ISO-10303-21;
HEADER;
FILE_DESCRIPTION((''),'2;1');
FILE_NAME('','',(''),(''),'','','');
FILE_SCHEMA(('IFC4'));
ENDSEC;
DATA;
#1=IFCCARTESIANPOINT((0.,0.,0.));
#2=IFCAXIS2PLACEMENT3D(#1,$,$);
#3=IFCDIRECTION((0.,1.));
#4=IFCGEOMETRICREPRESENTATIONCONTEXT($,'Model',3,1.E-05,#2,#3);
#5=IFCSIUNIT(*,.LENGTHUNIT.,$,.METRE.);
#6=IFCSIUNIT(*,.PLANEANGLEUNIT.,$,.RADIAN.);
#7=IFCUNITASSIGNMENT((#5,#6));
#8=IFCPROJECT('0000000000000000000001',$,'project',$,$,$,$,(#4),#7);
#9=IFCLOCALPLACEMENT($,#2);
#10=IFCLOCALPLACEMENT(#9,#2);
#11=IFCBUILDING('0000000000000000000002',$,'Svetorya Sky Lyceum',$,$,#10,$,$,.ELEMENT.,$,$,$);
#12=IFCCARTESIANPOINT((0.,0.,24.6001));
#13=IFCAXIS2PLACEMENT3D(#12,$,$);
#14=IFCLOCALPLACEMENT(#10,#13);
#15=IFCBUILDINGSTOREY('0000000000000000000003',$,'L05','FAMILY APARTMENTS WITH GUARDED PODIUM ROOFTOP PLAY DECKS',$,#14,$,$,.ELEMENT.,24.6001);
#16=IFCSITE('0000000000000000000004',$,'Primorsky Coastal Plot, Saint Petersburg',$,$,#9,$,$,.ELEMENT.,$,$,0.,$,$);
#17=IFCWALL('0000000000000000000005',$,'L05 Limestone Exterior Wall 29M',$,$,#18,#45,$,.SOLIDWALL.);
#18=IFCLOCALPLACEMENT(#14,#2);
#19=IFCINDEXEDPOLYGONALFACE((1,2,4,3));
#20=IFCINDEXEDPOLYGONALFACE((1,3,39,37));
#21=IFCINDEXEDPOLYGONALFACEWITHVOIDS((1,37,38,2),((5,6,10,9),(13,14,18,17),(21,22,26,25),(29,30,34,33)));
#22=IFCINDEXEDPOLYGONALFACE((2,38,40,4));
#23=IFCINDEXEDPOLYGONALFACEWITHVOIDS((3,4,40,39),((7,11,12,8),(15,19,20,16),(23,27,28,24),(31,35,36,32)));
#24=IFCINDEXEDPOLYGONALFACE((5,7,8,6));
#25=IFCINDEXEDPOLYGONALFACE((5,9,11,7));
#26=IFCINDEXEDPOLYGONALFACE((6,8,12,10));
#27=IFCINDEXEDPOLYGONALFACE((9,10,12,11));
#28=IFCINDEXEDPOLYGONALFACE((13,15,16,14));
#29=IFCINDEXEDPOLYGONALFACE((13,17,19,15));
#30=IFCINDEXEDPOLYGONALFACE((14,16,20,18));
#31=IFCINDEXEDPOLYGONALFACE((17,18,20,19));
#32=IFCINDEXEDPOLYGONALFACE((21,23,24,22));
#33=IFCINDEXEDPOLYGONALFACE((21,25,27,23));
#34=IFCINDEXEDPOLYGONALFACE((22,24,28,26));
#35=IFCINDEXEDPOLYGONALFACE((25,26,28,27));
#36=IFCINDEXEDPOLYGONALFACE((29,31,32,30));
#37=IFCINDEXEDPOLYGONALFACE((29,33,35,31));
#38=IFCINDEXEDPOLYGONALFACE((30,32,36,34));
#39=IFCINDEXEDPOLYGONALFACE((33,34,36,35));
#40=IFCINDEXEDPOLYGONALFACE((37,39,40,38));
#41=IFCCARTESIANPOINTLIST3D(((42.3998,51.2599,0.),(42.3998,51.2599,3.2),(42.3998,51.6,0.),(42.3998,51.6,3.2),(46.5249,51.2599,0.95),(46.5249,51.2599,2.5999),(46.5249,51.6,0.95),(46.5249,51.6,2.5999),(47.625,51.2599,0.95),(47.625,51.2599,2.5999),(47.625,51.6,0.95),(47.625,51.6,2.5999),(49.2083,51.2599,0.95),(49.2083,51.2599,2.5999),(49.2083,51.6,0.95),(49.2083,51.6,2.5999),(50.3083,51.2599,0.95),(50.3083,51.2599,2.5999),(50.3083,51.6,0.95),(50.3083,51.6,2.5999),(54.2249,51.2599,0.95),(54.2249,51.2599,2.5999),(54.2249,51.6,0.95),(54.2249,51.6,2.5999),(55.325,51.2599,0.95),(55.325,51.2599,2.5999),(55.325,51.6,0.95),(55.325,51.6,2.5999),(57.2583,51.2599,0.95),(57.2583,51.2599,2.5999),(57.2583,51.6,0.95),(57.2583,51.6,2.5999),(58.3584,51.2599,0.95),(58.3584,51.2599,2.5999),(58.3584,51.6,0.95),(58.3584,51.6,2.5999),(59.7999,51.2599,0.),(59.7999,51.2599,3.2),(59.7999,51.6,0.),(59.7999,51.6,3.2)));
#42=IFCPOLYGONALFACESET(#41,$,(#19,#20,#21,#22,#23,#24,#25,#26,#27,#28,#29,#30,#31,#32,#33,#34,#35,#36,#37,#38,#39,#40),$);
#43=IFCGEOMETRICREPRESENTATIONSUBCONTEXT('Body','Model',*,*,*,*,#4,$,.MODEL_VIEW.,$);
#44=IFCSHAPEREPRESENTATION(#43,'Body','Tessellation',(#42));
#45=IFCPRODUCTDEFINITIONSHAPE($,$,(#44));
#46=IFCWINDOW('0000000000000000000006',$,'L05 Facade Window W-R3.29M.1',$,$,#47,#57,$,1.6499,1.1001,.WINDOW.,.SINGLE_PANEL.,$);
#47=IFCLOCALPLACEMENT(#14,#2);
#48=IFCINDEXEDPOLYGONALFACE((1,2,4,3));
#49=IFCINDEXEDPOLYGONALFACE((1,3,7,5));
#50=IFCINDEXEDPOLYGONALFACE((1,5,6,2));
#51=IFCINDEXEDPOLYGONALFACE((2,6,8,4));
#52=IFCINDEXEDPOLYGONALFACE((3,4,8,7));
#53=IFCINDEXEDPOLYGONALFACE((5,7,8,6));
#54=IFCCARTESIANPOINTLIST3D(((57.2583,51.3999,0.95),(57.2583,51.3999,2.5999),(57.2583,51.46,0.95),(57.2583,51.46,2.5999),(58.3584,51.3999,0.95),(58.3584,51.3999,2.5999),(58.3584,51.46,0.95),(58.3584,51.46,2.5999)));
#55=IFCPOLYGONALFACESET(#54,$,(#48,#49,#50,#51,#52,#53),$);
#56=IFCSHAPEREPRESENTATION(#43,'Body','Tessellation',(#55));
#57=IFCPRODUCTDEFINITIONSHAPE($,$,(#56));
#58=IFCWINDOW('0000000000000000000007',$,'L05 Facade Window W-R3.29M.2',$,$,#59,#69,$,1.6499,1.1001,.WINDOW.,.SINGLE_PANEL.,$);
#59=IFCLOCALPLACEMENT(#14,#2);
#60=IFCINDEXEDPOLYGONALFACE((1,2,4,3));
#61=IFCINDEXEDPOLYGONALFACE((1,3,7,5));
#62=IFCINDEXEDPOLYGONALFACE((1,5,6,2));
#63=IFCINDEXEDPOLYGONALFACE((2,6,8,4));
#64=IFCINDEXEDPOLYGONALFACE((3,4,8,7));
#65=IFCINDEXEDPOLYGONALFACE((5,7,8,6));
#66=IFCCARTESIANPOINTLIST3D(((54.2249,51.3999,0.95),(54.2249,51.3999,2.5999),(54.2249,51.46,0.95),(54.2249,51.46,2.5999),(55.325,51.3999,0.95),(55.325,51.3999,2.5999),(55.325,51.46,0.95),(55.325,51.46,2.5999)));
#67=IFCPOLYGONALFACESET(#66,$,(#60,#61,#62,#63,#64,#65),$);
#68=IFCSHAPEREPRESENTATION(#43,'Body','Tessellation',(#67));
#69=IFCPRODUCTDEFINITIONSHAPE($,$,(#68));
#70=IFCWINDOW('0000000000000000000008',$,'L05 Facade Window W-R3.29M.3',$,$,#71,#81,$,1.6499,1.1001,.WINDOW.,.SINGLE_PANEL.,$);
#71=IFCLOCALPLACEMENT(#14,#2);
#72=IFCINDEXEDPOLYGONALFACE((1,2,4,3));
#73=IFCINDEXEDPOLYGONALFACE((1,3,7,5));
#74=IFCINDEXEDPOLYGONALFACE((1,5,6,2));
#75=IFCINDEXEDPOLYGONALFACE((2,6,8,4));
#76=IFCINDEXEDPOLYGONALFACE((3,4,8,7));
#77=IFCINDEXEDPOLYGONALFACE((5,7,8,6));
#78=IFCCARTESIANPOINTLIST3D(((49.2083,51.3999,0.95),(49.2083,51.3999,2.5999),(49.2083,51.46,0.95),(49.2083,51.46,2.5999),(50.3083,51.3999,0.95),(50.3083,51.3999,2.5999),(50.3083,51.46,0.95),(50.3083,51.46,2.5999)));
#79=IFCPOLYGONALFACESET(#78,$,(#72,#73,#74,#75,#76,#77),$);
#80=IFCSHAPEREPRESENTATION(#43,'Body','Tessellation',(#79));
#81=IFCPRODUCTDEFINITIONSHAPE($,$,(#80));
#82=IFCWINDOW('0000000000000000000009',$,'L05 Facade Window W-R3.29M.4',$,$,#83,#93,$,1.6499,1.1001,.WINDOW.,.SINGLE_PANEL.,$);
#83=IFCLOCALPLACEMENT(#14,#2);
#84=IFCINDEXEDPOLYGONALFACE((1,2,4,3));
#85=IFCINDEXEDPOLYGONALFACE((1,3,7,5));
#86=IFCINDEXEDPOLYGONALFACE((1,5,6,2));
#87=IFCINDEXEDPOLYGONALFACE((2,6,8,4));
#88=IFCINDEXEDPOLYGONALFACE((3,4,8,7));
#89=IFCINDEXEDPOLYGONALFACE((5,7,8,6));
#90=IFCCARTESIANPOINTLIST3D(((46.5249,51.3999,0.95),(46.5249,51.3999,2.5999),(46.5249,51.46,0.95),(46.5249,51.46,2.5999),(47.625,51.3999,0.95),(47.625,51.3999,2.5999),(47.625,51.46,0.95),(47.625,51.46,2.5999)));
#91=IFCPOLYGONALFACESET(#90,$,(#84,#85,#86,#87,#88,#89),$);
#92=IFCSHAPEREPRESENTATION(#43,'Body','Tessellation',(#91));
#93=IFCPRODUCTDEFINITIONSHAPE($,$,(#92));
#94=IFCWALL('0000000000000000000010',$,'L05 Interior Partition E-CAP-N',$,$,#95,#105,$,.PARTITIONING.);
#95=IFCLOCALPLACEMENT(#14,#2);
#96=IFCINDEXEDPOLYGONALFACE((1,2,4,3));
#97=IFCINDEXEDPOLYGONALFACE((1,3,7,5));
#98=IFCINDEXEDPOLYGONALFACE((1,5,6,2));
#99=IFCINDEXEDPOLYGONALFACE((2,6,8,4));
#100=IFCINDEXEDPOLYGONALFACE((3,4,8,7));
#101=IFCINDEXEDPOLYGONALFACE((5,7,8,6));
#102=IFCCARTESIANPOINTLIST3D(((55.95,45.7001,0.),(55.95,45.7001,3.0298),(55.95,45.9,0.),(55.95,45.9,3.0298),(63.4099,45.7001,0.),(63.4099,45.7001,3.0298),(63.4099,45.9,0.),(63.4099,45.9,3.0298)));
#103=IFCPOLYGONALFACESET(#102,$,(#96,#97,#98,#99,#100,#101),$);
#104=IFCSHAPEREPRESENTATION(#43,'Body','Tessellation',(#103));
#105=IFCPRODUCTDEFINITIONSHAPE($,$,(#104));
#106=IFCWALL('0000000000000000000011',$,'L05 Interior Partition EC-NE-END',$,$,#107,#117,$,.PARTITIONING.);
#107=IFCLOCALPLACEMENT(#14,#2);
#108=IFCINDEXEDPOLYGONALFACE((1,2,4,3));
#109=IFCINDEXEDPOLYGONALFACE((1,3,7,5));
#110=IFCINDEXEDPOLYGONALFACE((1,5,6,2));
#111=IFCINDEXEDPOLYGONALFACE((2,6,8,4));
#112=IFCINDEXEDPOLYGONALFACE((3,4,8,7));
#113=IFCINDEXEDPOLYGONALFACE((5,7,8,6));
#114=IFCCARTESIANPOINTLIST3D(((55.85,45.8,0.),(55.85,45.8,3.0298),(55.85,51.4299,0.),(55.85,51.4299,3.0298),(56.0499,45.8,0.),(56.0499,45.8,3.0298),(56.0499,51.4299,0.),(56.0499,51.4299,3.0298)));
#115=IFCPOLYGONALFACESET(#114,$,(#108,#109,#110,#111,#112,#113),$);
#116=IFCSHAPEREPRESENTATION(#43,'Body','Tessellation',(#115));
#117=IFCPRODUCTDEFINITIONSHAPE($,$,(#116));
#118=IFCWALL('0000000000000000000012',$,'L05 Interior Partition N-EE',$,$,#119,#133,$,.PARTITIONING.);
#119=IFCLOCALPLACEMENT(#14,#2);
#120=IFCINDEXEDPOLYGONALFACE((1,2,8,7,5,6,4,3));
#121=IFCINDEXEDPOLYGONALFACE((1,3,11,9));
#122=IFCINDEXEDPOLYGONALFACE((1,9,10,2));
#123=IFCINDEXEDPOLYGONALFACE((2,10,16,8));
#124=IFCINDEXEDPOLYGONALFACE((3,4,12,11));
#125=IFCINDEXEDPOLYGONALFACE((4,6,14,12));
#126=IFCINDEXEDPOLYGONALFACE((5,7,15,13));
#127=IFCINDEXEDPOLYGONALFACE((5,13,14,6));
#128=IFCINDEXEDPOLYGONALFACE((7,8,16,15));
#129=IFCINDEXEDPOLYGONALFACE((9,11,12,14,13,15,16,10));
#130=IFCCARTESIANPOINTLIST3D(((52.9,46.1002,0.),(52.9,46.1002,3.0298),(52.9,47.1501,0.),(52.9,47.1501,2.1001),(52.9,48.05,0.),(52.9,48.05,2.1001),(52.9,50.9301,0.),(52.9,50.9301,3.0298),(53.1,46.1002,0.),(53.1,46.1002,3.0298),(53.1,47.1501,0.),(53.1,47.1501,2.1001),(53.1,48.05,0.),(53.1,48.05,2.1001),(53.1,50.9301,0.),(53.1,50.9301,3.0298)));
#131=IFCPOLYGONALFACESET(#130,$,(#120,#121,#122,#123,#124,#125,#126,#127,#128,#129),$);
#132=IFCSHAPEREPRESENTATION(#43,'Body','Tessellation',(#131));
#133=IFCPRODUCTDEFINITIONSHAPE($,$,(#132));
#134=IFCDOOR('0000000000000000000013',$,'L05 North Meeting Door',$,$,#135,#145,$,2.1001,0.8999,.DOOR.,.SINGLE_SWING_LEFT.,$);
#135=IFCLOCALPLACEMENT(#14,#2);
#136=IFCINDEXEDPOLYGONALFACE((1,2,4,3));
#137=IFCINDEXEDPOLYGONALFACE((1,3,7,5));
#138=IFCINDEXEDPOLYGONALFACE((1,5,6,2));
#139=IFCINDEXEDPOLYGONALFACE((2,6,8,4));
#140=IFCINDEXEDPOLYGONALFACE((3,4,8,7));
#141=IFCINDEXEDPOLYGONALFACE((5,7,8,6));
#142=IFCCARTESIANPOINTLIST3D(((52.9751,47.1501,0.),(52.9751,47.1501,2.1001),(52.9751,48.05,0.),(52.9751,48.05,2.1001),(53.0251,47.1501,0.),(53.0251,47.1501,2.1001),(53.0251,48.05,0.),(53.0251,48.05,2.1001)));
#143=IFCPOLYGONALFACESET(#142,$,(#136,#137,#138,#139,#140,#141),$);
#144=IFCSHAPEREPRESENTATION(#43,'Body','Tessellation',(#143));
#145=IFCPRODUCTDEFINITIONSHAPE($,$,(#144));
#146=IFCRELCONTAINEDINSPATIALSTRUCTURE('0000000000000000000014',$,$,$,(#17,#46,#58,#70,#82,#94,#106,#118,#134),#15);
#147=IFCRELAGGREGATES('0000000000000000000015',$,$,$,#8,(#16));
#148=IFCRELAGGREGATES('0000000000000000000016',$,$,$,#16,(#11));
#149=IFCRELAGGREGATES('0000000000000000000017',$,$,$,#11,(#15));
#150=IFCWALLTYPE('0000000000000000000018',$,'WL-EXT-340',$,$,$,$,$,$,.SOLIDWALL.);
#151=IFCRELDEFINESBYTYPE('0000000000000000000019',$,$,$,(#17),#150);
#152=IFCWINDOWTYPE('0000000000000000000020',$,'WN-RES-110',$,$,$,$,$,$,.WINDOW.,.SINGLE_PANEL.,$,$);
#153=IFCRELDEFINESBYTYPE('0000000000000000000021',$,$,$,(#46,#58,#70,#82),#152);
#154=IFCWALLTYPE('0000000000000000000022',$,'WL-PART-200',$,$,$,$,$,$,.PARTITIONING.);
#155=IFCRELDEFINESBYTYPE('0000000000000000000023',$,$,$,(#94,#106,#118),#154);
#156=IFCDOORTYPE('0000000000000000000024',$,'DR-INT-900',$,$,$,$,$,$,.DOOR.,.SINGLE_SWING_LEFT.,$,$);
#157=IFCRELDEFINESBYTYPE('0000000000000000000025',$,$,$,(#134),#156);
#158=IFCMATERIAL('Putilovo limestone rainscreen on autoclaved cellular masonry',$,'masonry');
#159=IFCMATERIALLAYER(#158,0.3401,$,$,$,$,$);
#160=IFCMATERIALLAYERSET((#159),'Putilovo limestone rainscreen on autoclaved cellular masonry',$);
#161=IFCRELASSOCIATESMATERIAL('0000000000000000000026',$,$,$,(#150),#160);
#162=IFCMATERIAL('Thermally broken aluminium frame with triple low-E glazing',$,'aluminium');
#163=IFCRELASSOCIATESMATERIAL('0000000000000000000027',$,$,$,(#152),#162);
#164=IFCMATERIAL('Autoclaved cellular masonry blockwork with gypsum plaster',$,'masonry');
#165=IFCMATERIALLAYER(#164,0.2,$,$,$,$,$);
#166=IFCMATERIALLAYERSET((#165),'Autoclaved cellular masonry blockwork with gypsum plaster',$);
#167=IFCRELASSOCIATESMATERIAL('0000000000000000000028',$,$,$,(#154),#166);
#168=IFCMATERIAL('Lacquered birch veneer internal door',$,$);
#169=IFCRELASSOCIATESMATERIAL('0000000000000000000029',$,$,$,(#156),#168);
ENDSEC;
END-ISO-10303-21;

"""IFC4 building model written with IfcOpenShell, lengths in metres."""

from ifc_helpers import new_model, si_unit, direction, frame, frame_2d, origin, place, context, subcontext, project, spatial, rectangle, extrude, material, layer, layer_set, type_object, element, fill, save


model = new_model("IFC4")

# Units and contexts
model_context = context("Model", 3, precision=1e-05, world=origin(), true_north=direction((0.0, 1.0)))
body_context = subcontext(model_context, "Body", "Model", "MODEL_VIEW")
ifc_project = project(units=[si_unit("LENGTHUNIT", "METRE"), si_unit("PLANEANGLEUNIT", "RADIAN")], contexts=[model_context])

# Site, building, storey
site_placement = place(None, origin())
site = spatial("IfcSite", under=ifc_project, at=site_placement, Name="Primorsky Coastal Plot, Saint Petersburg", CompositionType="ELEMENT", RefElevation=0.0)
building_placement = place(site_placement, origin())
building = spatial("IfcBuilding", under=site, at=building_placement, Name="Svetorya Sky Lyceum", CompositionType="ELEMENT")
storey_placement = place(building_placement, frame((0.0, 0.0, 24.6001)))
storey = spatial("IfcBuildingStorey", under=building, at=storey_placement, Name="L05", Description="FAMILY APARTMENTS WITH GUARDED PODIUM ROOFTOP PLAY DECKS", CompositionType="ELEMENT", Elevation=24.6001)

# Shared definitions
ifc_material_1 = material(Name="Putilovo limestone rainscreen on autoclaved cellular masonry", Category="masonry")
ifc_layer_1 = layer(ifc_material_1, 0.3401)
ifc_layer_set_1 = layer_set([ifc_layer_1], Name="Putilovo limestone rainscreen on autoclaved cellular masonry")
wall_type_1 = type_object("IfcWallType", Name="WL-EXT-340", PredefinedType="SOLIDWALL", material=ifc_layer_set_1)

# Wall, openings, windows
wall_1_placement = place(storey_placement, frame((59.8, 51.4299, 0.0), z_axis=(0.0, 0.0, 1.0), x_axis=(-1.0, 0.0, 0.0)))
wall_1 = element("IfcWall", 1, at=wall_1_placement, inside=storey, type_object=wall_type_1, Name="L05 Limestone Exterior Wall 29M", PredefinedType="SOLIDWALL", context=body_context, shape_type="SweptSolid", body=[
    extrude(rectangle(XDim=17.4001, YDim=0.3401, at=frame_2d((8.7002, 0.0))), origin(), (0.0, 0.0, 1.0), 3.2),
])
opening_1_placement = place(wall_1_placement, frame((1.4417, 0.0, 0.95)))
opening_1 = element("IfcOpeningElement", 2, at=opening_1_placement, cuts=wall_1, PredefinedType="OPENING", context=body_context, shape_type="SweptSolid", body=[
    extrude(rectangle(XDim=1.1001, YDim=1.6499, at=frame_2d((0.55, 0.825))), frame((0.0, 0.1799, 0.0), z_axis=(0.0, -1.0, 0.0), x_axis=(1.0, 0.0, 0.0)), (0.0, 0.0, 1.0), 0.3601),
])
opening_2_placement = place(wall_1_placement, frame((4.4751, 0.0, 0.95)))
opening_2 = element("IfcOpeningElement", 3, at=opening_2_placement, cuts=wall_1, PredefinedType="OPENING", context=body_context, shape_type="SweptSolid", body=[
    extrude(rectangle(XDim=1.1001, YDim=1.6499, at=frame_2d((0.55, 0.825))), frame((0.0, 0.1799, 0.0), z_axis=(0.0, -1.0, 0.0), x_axis=(1.0, 0.0, 0.0)), (0.0, 0.0, 1.0), 0.3601),
])
opening_3_placement = place(wall_1_placement, frame((9.4917, 0.0, 0.95)))
opening_3 = element("IfcOpeningElement", 4, at=opening_3_placement, cuts=wall_1, PredefinedType="OPENING", context=body_context, shape_type="SweptSolid", body=[
    extrude(rectangle(XDim=1.1001, YDim=1.6499, at=frame_2d((0.55, 0.825))), frame((0.0, 0.1799, 0.0), z_axis=(0.0, -1.0, 0.0), x_axis=(1.0, 0.0, 0.0)), (0.0, 0.0, 1.0), 0.3601),
])
opening_4_placement = place(wall_1_placement, frame((12.175, 0.0, 0.95)))
opening_4 = element("IfcOpeningElement", 5, at=opening_4_placement, cuts=wall_1, PredefinedType="OPENING", context=body_context, shape_type="SweptSolid", body=[
    extrude(rectangle(XDim=1.1001, YDim=1.6499, at=frame_2d((0.55, 0.825))), frame((0.0, 0.1799, 0.0), z_axis=(0.0, -1.0, 0.0), x_axis=(1.0, 0.0, 0.0)), (0.0, 0.0, 1.0), 0.3601),
])
ifc_material_2 = material(Name="Thermally broken aluminium frame with triple low-E glazing", Category="aluminium")
window_type = type_object("IfcWindowType", Name="WN-RES-110", PartitioningType="SINGLE_PANEL", PredefinedType="WINDOW", material=ifc_material_2)
window_1_placement = place(opening_1_placement, origin())
window_1 = element("IfcWindow", 6, at=window_1_placement, inside=storey, type_object=window_type, Name="L05 Facade Window W-R3.29M.1", OverallHeight=1.6499, OverallWidth=1.1001, PartitioningType="SINGLE_PANEL", PredefinedType="WINDOW", context=body_context, shape_type="SweptSolid", body=[
    extrude(rectangle(XDim=1.1001, YDim=1.6499, at=frame_2d((0.55, 0.825))), frame((0.0, 0.03, 0.0), z_axis=(0.0, -1.0, 0.0), x_axis=(1.0, 0.0, 0.0)), (0.0, 0.0, 1.0), 0.0601),
])
fill(opening_1, window_1)
window_2_placement = place(opening_2_placement, origin())
window_2 = element("IfcWindow", 7, at=window_2_placement, inside=storey, type_object=window_type, Name="L05 Facade Window W-R3.29M.2", OverallHeight=1.6499, OverallWidth=1.1001, PartitioningType="SINGLE_PANEL", PredefinedType="WINDOW", context=body_context, shape_type="SweptSolid", body=[
    extrude(rectangle(XDim=1.1001, YDim=1.6499, at=frame_2d((0.55, 0.825))), frame((0.0, 0.03, 0.0), z_axis=(0.0, -1.0, 0.0), x_axis=(1.0, 0.0, 0.0)), (0.0, 0.0, 1.0), 0.0601),
])
fill(opening_2, window_2)
window_3_placement = place(opening_3_placement, origin())
window_3 = element("IfcWindow", 8, at=window_3_placement, inside=storey, type_object=window_type, Name="L05 Facade Window W-R3.29M.3", OverallHeight=1.6499, OverallWidth=1.1001, PartitioningType="SINGLE_PANEL", PredefinedType="WINDOW", context=body_context, shape_type="SweptSolid", body=[
    extrude(rectangle(XDim=1.1001, YDim=1.6499, at=frame_2d((0.55, 0.825))), frame((0.0, 0.03, 0.0), z_axis=(0.0, -1.0, 0.0), x_axis=(1.0, 0.0, 0.0)), (0.0, 0.0, 1.0), 0.0601),
])
fill(opening_3, window_3)
window_4_placement = place(opening_4_placement, origin())
window_4 = element("IfcWindow", 9, at=window_4_placement, inside=storey, type_object=window_type, Name="L05 Facade Window W-R3.29M.4", OverallHeight=1.6499, OverallWidth=1.1001, PartitioningType="SINGLE_PANEL", PredefinedType="WINDOW", context=body_context, shape_type="SweptSolid", body=[
    extrude(rectangle(XDim=1.1001, YDim=1.6499, at=frame_2d((0.55, 0.825))), frame((0.0, 0.03, 0.0), z_axis=(0.0, -1.0, 0.0), x_axis=(1.0, 0.0, 0.0)), (0.0, 0.0, 1.0), 0.0601),
])
fill(opening_4, window_4)

# Walls
ifc_material_3 = material(Name="Autoclaved cellular masonry blockwork with gypsum plaster", Category="masonry")
ifc_layer_2 = layer(ifc_material_3, 0.2)
ifc_layer_set_2 = layer_set([ifc_layer_2], Name="Autoclaved cellular masonry blockwork with gypsum plaster")
wall_type_2 = type_object("IfcWallType", Name="WL-PART-200", PredefinedType="PARTITIONING", material=ifc_layer_set_2)
wall_2_placement = place(storey_placement, frame((55.95, 45.8, 0.0), z_axis=(0.0, 0.0, 1.0), x_axis=(1.0, 0.0, 0.0)))
element("IfcWall", 10, at=wall_2_placement, inside=storey, type_object=wall_type_2, Name="L05 Interior Partition E-CAP-N", PredefinedType="PARTITIONING", context=body_context, shape_type="SweptSolid", body=[
    extrude(rectangle(XDim=7.46, YDim=0.2, at=frame_2d((3.73, 0.0))), origin(), (0.0, 0.0, 1.0), 3.0298),
])
wall_3_placement = place(storey_placement, frame((55.95, 45.8, 0.0), z_axis=(0.0, 0.0, 1.0), x_axis=(0.0, 1.0, 0.0)))
element("IfcWall", 11, at=wall_3_placement, inside=storey, type_object=wall_type_2, Name="L05 Interior Partition EC-NE-END", PredefinedType="PARTITIONING", context=body_context, shape_type="SweptSolid", body=[
    extrude(rectangle(XDim=5.6299, YDim=0.2, at=frame_2d((2.8149, 0.0))), origin(), (0.0, 0.0, 1.0), 3.0298),
])

# Wall, opening, door
wall_4_placement = place(storey_placement, frame((53.0, 46.1001, 0.0), z_axis=(0.0, 0.0, 1.0), x_axis=(0.0, 1.0, 0.0)))
wall_4 = element("IfcWall", 12, at=wall_4_placement, inside=storey, type_object=wall_type_2, Name="L05 Interior Partition N-EE", PredefinedType="PARTITIONING", context=body_context, shape_type="SweptSolid", body=[
    extrude(rectangle(XDim=4.8298, YDim=0.2, at=frame_2d((2.415, 0.0))), origin(), (0.0, 0.0, 1.0), 3.0298),
])
opening_5_placement = place(wall_4_placement, frame((1.05, 0.0, 0.0)))
opening_5 = element("IfcOpeningElement", 13, at=opening_5_placement, cuts=wall_4, PredefinedType="OPENING", context=body_context, shape_type="SweptSolid", body=[
    extrude(rectangle(XDim=0.8999, YDim=2.1001, at=frame_2d((0.45, 1.05))), frame((0.0, 0.1099, 0.0), z_axis=(0.0, -1.0, 0.0), x_axis=(1.0, 0.0, 0.0)), (0.0, 0.0, 1.0), 0.22),
])
ifc_material_4 = material(Name="Lacquered birch veneer internal door")
door_type = type_object("IfcDoorType", Name="DR-INT-900", OperationType="SINGLE_SWING_LEFT", PredefinedType="DOOR", material=ifc_material_4)
door_placement = place(opening_5_placement, origin())
door = element("IfcDoor", 14, at=door_placement, inside=storey, type_object=door_type, Name="L05 North Meeting Door", OperationType="SINGLE_SWING_LEFT", OverallHeight=2.1001, OverallWidth=0.8999, PredefinedType="DOOR", context=body_context, shape_type="SweptSolid", body=[
    extrude(rectangle(XDim=0.8999, YDim=2.1001, at=frame_2d((0.45, 1.05))), frame((0.0, 0.0249, 0.0), z_axis=(0.0, -1.0, 0.0), x_axis=(1.0, 0.0, 0.0)), (0.0, 0.0, 1.0), 0.05),
])
fill(opening_5, door)

save(model, "model.ifc")
